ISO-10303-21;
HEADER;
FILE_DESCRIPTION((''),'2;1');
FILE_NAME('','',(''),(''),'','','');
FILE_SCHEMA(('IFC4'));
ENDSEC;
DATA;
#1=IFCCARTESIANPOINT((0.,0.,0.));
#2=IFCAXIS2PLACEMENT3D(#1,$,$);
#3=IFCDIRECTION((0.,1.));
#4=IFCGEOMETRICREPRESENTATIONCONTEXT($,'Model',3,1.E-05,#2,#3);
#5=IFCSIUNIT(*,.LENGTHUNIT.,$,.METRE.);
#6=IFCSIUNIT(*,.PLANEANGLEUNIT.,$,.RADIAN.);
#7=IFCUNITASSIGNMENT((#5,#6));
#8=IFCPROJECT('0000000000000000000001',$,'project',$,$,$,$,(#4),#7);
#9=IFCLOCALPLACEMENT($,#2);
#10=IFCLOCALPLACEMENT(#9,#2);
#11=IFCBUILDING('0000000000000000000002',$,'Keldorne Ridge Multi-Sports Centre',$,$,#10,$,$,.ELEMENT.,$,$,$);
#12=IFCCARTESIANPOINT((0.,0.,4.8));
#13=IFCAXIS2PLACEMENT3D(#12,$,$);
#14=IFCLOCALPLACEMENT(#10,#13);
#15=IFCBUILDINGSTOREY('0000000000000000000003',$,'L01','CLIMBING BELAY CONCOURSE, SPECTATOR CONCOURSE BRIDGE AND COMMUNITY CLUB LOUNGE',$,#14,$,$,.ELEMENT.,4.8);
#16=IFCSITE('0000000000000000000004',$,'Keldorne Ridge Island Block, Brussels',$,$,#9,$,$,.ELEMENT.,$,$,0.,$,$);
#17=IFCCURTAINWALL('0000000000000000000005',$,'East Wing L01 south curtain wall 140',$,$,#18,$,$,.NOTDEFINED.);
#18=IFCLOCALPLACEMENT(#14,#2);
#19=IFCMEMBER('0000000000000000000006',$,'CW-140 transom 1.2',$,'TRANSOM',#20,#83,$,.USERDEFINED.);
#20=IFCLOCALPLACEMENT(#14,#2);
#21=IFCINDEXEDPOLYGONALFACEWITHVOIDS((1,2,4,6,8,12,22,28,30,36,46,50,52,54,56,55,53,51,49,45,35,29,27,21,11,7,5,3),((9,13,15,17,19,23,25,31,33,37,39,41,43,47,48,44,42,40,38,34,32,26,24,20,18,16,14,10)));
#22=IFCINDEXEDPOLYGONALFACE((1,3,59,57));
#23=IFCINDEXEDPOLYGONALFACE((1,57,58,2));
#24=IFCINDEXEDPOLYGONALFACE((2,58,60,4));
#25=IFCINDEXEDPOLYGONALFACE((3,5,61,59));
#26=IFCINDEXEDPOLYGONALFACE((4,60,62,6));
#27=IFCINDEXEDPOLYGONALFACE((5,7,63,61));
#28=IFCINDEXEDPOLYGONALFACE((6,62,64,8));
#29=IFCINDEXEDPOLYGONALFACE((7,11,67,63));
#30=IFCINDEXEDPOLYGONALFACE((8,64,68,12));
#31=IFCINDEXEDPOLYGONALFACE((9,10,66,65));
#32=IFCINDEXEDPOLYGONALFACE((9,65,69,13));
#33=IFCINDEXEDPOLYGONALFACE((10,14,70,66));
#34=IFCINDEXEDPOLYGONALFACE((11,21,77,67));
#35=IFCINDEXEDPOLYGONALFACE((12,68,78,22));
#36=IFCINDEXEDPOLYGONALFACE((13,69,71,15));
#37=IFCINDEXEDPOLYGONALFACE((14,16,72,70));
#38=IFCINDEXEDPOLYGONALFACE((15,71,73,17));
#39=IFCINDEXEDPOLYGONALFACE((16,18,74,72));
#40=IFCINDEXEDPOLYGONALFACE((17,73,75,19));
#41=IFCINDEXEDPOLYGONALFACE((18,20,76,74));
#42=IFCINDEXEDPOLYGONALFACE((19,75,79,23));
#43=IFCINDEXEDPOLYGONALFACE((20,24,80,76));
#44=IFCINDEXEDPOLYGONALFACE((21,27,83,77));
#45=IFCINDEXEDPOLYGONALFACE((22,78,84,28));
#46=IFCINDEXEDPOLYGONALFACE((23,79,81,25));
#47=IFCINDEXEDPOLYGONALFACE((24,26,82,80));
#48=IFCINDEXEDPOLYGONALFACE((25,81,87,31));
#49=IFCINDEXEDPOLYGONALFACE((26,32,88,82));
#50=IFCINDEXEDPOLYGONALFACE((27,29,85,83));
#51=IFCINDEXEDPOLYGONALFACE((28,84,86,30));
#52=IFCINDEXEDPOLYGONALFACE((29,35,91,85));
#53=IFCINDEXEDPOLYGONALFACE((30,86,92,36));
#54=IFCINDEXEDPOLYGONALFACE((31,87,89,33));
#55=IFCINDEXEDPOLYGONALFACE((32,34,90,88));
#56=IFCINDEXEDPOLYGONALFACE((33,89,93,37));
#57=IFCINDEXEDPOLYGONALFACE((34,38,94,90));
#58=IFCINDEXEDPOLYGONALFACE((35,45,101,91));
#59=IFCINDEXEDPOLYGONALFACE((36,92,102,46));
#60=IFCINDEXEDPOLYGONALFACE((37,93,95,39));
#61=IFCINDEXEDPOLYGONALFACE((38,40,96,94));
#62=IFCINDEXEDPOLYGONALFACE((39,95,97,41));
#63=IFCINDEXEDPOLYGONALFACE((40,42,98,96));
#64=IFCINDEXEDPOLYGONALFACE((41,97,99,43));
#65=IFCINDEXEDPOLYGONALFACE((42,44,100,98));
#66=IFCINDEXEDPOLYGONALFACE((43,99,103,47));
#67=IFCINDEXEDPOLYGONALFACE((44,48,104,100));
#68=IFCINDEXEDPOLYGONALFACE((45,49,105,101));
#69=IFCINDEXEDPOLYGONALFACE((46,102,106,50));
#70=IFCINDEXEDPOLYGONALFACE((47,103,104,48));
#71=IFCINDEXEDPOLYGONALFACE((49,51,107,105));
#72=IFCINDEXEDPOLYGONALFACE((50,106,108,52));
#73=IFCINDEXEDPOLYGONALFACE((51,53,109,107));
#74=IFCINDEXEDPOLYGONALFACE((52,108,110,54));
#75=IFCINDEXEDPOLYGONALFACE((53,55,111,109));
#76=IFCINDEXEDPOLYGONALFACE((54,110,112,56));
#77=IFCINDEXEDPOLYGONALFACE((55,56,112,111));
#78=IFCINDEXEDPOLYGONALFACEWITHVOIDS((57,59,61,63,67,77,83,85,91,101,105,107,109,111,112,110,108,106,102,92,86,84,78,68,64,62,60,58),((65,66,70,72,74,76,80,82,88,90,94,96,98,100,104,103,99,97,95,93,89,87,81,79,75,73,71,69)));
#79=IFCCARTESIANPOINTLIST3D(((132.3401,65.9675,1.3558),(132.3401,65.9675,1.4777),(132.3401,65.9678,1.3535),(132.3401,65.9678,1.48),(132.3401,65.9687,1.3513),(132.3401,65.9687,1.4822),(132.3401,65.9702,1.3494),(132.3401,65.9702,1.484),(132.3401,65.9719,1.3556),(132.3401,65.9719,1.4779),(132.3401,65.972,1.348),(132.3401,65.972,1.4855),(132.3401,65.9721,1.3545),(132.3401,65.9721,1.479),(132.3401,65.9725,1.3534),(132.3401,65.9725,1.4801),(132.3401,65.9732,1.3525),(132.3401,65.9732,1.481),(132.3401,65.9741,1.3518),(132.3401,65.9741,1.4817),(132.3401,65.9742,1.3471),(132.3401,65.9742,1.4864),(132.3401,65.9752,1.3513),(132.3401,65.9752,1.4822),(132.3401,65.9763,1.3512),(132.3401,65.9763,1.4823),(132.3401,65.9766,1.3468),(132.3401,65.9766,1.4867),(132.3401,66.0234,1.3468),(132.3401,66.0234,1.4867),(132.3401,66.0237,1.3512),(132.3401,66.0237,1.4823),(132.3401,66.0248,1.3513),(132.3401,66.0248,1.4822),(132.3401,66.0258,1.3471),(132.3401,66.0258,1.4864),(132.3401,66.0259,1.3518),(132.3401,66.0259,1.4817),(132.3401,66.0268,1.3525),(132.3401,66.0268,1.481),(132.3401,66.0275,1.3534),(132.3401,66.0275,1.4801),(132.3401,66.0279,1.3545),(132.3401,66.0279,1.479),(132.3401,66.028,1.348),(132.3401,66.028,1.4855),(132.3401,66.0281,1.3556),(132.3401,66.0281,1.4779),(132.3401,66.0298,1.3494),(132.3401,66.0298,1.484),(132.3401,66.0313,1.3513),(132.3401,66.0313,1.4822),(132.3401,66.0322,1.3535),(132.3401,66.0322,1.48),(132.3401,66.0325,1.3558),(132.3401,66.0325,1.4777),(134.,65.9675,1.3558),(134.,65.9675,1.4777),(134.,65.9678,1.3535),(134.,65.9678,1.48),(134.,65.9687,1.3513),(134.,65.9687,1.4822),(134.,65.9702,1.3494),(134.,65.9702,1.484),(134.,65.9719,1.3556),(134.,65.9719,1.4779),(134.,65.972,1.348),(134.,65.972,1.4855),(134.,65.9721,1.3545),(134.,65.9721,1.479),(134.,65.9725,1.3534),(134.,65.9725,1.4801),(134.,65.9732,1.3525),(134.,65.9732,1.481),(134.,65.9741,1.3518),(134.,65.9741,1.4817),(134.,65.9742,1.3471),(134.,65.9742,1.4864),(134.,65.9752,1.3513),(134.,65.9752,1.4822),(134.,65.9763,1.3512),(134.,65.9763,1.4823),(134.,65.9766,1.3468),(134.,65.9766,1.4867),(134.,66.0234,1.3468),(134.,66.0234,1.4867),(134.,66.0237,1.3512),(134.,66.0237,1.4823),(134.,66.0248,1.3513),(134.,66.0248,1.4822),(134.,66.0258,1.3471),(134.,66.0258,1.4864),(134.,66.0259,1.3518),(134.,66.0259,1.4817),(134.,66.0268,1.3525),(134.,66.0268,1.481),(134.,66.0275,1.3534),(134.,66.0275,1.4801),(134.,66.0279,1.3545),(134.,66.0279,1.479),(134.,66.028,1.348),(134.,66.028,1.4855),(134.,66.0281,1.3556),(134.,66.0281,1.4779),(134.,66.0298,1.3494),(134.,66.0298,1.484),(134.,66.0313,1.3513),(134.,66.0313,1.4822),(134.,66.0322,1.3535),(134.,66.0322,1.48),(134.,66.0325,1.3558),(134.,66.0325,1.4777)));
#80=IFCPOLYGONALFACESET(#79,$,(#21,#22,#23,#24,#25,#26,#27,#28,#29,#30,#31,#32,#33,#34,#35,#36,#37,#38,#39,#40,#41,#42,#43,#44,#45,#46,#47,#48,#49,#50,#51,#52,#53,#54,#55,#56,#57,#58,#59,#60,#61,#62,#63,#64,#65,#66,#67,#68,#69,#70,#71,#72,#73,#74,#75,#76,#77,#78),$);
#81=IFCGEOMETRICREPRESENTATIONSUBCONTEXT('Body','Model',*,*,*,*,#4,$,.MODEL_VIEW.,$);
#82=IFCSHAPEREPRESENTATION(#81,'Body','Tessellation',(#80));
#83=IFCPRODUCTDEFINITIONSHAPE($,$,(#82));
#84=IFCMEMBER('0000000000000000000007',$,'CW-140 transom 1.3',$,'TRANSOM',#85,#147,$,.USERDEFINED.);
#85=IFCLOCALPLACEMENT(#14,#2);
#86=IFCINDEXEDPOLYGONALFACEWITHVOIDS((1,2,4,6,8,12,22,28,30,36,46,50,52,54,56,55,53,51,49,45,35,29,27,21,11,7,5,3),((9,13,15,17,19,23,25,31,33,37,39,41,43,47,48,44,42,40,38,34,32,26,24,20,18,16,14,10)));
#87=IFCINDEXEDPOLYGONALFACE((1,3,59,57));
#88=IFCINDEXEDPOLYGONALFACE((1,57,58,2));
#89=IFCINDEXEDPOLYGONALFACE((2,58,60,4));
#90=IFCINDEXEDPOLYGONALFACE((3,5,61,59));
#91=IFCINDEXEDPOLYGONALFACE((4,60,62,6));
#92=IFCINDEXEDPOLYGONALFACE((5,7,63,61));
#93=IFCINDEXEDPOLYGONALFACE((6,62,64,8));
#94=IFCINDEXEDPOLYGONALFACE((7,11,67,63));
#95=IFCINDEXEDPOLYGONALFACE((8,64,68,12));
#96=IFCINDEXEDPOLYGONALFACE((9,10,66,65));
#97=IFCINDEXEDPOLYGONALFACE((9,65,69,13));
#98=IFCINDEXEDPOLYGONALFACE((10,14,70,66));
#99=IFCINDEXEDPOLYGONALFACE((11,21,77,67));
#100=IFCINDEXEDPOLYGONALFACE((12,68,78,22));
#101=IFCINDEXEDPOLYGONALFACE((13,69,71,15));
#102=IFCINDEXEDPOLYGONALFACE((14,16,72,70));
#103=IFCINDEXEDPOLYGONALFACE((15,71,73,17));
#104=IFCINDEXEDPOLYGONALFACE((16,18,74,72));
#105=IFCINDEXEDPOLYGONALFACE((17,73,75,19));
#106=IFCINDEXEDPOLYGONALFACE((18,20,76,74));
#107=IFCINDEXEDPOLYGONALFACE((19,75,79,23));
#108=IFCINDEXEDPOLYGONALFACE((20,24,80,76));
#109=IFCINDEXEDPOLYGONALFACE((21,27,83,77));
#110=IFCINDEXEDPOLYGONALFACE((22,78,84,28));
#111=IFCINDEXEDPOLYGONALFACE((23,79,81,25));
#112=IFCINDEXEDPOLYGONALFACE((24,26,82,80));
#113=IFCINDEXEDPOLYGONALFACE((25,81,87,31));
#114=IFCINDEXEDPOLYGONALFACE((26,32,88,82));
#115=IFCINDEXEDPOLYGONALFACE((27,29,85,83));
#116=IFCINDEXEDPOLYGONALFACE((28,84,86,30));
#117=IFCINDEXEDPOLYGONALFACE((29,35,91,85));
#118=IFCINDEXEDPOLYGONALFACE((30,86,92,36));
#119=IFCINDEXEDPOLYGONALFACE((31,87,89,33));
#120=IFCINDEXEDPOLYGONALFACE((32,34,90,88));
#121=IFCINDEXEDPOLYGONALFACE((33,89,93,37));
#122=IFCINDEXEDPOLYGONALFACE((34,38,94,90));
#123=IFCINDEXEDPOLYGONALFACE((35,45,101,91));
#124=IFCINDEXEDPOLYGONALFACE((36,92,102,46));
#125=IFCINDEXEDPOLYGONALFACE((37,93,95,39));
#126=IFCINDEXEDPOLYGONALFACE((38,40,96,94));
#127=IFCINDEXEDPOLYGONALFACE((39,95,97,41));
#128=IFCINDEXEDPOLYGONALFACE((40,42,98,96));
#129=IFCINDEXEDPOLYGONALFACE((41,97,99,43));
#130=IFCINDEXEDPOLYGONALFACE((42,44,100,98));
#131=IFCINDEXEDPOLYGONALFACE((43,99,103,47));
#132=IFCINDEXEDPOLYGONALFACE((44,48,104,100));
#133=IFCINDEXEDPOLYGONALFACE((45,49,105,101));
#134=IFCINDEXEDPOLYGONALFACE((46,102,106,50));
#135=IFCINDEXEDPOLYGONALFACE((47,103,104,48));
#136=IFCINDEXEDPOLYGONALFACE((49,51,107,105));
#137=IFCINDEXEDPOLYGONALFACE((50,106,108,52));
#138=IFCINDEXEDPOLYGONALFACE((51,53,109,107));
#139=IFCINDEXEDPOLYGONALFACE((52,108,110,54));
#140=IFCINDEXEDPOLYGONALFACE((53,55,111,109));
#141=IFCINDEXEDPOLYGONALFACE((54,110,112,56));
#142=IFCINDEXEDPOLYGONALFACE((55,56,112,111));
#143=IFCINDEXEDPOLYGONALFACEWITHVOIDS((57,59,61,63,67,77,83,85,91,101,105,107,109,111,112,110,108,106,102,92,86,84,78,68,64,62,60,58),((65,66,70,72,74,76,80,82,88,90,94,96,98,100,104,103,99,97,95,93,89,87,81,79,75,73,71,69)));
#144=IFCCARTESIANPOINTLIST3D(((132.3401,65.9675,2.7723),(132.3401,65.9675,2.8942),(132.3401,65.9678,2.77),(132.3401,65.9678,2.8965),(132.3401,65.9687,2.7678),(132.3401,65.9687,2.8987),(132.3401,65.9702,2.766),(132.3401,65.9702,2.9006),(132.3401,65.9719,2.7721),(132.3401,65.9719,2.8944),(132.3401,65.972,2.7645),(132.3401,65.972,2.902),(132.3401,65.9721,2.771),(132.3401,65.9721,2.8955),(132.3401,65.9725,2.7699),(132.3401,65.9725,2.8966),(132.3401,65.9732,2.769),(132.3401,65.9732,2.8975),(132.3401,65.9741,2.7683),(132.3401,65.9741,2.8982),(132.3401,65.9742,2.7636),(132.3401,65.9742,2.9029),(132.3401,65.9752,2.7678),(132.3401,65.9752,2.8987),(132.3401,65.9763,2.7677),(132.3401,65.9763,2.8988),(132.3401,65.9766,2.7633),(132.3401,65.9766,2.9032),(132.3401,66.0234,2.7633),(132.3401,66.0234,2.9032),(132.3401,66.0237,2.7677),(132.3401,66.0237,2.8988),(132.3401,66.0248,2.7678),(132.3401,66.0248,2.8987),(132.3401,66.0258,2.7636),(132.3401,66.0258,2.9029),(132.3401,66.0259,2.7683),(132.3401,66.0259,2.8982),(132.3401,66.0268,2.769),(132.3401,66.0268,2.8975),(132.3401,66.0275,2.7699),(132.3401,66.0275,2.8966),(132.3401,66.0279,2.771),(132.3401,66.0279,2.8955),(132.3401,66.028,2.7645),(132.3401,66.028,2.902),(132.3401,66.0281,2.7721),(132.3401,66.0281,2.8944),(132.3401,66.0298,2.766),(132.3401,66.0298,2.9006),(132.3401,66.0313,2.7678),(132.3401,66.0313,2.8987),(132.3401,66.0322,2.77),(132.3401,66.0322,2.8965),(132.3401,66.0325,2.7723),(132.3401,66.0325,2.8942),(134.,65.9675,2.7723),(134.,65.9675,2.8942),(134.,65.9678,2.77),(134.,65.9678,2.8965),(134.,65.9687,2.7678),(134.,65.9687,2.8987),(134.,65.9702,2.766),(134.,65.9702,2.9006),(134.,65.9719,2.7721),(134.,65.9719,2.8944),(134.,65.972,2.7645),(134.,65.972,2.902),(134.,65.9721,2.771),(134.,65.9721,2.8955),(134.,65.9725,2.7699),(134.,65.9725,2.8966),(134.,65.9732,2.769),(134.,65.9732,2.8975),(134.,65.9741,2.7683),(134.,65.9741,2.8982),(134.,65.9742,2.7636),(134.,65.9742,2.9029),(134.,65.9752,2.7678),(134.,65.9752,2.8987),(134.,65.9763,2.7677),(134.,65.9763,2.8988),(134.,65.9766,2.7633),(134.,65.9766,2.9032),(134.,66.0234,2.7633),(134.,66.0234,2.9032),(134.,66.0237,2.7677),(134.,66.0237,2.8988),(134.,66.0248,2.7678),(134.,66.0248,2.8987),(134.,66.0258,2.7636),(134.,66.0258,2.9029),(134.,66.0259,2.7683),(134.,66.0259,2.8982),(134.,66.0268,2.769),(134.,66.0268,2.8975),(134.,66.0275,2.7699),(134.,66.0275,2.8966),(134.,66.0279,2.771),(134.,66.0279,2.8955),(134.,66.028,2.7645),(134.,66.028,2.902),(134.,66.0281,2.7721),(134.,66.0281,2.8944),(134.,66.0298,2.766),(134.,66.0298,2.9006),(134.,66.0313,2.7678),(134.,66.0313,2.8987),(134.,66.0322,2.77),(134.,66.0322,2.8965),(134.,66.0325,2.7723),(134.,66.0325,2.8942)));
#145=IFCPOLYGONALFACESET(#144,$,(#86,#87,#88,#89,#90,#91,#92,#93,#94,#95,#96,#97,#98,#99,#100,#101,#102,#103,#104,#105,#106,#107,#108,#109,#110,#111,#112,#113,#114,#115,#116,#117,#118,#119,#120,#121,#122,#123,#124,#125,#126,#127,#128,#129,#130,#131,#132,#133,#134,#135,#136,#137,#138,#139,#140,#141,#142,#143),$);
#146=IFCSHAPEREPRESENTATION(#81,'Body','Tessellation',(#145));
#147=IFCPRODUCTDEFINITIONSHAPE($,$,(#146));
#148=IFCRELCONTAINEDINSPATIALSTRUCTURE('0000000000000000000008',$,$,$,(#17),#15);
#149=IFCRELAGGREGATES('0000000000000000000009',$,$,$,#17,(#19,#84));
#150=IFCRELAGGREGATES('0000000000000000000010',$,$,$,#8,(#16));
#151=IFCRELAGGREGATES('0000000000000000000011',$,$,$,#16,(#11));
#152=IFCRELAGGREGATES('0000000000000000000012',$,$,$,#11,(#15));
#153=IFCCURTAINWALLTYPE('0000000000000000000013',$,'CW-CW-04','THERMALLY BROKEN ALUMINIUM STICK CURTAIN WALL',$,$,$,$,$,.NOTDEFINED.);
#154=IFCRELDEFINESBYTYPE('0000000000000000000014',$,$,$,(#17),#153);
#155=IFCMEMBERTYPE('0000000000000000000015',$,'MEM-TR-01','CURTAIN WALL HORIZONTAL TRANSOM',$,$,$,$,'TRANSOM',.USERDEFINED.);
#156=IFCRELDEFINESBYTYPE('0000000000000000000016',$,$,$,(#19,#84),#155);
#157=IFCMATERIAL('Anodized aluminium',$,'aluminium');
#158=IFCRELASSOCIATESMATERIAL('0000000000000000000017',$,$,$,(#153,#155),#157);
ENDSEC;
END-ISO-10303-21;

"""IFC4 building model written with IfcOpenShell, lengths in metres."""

from ifc_helpers import new_model, si_unit, direction, frame, origin, origin_2d, place, context, subcontext, project, spatial, hollow_rectangle, extrude, material, material_profile, profile_set, type_object, element, aggregate, save


model = new_model("IFC4")

# Units and contexts
model_context = context("Model", 3, precision=1e-05, world=origin(), true_north=direction((0.0, 1.0)))
body_context = subcontext(model_context, "Body", "Model", "MODEL_VIEW")
ifc_project = project(units=[si_unit("LENGTHUNIT", "METRE"), si_unit("PLANEANGLEUNIT", "RADIAN")], contexts=[model_context])

# Site, building, storey
site_placement = place(None, origin())
site = spatial("IfcSite", under=ifc_project, at=site_placement, Name="Keldorne Ridge Island Block, Brussels", CompositionType="ELEMENT", RefElevation=0.0)
building_placement = place(site_placement, origin())
building = spatial("IfcBuilding", under=site, at=building_placement, Name="Keldorne Ridge Multi-Sports Centre", CompositionType="ELEMENT")
storey_placement = place(building_placement, frame((0.0, 0.0, 4.8)))
storey = spatial("IfcBuildingStorey", under=building, at=storey_placement, Name="L01", Description="CLIMBING BELAY CONCOURSE, SPECTATOR CONCOURSE BRIDGE AND COMMUNITY CLUB LOUNGE", CompositionType="ELEMENT", Elevation=4.8)

# Curtain wall
ifc_material_1 = material(Name="Anodized aluminium", Category="aluminium")
curtain_wall_type_1 = type_object("IfcCurtainWallType", Name="CW-CW-04", Description="THERMALLY BROKEN ALUMINIUM STICK CURTAIN WALL", PredefinedType="NOTDEFINED", material=ifc_material_1)
curtain_wall_1_placement = place(storey_placement, origin())
curtain_wall_1 = element("IfcCurtainWall", 1, at=curtain_wall_1_placement, inside=storey, type_object=curtain_wall_type_1, Name="East Wing L01 south curtain wall 140", PredefinedType="NOTDEFINED")

# Members
ifc_material_profile_1 = material_profile(ifc_material_1, hollow_rectangle(XDim=0.0649, YDim=0.1399, WallThickness=0.0044, InnerFilletRadius=0.0044, OuterFilletRadius=0.009, at=origin_2d()), Name="ALU TRANSOM 140x65x4.5")
ifc_profile_set_1 = profile_set([ifc_material_profile_1], Name="Anodized aluminium")
member_type_1 = type_object("IfcMemberType", Name="MEM-TR-01", Description="CURTAIN WALL HORIZONTAL TRANSOM", ElementType="TRANSOM", PredefinedType="USERDEFINED", material=ifc_profile_set_1)
member_1_placement = place(storey_placement, frame((132.3401, 66.0, 1.4167), z_axis=(1.0, 0.0, 0.0), x_axis=(0.0, 1.0, 0.0)))
member_1 = element("IfcMember", 2, at=member_1_placement, type_object=member_type_1, Name="CW-140 transom 1.2", ObjectType="TRANSOM", PredefinedType="USERDEFINED", context=body_context, shape_type="SweptSolid", body=[
    extrude(hollow_rectangle(XDim=0.0649, YDim=0.1399, WallThickness=0.0044, InnerFilletRadius=0.0044, OuterFilletRadius=0.009, at=origin_2d()), origin(), (0.0, 0.0, 1.0), 1.6599),
])
member_2_placement = place(storey_placement, frame((132.3401, 66.0, 2.8333), z_axis=(1.0, 0.0, 0.0), x_axis=(0.0, 1.0, 0.0)))
member_2 = element("IfcMember", 3, at=member_2_placement, type_object=member_type_1, Name="CW-140 transom 1.3", ObjectType="TRANSOM", PredefinedType="USERDEFINED", context=body_context, shape_type="SweptSolid", body=[
    extrude(hollow_rectangle(XDim=0.0649, YDim=0.1399, WallThickness=0.0044, InnerFilletRadius=0.0044, OuterFilletRadius=0.009, at=origin_2d()), origin(), (0.0, 0.0, 1.0), 1.6599),
])

aggregate(curtain_wall_1, [member_1, member_2])

save(model, "model.ifc")
